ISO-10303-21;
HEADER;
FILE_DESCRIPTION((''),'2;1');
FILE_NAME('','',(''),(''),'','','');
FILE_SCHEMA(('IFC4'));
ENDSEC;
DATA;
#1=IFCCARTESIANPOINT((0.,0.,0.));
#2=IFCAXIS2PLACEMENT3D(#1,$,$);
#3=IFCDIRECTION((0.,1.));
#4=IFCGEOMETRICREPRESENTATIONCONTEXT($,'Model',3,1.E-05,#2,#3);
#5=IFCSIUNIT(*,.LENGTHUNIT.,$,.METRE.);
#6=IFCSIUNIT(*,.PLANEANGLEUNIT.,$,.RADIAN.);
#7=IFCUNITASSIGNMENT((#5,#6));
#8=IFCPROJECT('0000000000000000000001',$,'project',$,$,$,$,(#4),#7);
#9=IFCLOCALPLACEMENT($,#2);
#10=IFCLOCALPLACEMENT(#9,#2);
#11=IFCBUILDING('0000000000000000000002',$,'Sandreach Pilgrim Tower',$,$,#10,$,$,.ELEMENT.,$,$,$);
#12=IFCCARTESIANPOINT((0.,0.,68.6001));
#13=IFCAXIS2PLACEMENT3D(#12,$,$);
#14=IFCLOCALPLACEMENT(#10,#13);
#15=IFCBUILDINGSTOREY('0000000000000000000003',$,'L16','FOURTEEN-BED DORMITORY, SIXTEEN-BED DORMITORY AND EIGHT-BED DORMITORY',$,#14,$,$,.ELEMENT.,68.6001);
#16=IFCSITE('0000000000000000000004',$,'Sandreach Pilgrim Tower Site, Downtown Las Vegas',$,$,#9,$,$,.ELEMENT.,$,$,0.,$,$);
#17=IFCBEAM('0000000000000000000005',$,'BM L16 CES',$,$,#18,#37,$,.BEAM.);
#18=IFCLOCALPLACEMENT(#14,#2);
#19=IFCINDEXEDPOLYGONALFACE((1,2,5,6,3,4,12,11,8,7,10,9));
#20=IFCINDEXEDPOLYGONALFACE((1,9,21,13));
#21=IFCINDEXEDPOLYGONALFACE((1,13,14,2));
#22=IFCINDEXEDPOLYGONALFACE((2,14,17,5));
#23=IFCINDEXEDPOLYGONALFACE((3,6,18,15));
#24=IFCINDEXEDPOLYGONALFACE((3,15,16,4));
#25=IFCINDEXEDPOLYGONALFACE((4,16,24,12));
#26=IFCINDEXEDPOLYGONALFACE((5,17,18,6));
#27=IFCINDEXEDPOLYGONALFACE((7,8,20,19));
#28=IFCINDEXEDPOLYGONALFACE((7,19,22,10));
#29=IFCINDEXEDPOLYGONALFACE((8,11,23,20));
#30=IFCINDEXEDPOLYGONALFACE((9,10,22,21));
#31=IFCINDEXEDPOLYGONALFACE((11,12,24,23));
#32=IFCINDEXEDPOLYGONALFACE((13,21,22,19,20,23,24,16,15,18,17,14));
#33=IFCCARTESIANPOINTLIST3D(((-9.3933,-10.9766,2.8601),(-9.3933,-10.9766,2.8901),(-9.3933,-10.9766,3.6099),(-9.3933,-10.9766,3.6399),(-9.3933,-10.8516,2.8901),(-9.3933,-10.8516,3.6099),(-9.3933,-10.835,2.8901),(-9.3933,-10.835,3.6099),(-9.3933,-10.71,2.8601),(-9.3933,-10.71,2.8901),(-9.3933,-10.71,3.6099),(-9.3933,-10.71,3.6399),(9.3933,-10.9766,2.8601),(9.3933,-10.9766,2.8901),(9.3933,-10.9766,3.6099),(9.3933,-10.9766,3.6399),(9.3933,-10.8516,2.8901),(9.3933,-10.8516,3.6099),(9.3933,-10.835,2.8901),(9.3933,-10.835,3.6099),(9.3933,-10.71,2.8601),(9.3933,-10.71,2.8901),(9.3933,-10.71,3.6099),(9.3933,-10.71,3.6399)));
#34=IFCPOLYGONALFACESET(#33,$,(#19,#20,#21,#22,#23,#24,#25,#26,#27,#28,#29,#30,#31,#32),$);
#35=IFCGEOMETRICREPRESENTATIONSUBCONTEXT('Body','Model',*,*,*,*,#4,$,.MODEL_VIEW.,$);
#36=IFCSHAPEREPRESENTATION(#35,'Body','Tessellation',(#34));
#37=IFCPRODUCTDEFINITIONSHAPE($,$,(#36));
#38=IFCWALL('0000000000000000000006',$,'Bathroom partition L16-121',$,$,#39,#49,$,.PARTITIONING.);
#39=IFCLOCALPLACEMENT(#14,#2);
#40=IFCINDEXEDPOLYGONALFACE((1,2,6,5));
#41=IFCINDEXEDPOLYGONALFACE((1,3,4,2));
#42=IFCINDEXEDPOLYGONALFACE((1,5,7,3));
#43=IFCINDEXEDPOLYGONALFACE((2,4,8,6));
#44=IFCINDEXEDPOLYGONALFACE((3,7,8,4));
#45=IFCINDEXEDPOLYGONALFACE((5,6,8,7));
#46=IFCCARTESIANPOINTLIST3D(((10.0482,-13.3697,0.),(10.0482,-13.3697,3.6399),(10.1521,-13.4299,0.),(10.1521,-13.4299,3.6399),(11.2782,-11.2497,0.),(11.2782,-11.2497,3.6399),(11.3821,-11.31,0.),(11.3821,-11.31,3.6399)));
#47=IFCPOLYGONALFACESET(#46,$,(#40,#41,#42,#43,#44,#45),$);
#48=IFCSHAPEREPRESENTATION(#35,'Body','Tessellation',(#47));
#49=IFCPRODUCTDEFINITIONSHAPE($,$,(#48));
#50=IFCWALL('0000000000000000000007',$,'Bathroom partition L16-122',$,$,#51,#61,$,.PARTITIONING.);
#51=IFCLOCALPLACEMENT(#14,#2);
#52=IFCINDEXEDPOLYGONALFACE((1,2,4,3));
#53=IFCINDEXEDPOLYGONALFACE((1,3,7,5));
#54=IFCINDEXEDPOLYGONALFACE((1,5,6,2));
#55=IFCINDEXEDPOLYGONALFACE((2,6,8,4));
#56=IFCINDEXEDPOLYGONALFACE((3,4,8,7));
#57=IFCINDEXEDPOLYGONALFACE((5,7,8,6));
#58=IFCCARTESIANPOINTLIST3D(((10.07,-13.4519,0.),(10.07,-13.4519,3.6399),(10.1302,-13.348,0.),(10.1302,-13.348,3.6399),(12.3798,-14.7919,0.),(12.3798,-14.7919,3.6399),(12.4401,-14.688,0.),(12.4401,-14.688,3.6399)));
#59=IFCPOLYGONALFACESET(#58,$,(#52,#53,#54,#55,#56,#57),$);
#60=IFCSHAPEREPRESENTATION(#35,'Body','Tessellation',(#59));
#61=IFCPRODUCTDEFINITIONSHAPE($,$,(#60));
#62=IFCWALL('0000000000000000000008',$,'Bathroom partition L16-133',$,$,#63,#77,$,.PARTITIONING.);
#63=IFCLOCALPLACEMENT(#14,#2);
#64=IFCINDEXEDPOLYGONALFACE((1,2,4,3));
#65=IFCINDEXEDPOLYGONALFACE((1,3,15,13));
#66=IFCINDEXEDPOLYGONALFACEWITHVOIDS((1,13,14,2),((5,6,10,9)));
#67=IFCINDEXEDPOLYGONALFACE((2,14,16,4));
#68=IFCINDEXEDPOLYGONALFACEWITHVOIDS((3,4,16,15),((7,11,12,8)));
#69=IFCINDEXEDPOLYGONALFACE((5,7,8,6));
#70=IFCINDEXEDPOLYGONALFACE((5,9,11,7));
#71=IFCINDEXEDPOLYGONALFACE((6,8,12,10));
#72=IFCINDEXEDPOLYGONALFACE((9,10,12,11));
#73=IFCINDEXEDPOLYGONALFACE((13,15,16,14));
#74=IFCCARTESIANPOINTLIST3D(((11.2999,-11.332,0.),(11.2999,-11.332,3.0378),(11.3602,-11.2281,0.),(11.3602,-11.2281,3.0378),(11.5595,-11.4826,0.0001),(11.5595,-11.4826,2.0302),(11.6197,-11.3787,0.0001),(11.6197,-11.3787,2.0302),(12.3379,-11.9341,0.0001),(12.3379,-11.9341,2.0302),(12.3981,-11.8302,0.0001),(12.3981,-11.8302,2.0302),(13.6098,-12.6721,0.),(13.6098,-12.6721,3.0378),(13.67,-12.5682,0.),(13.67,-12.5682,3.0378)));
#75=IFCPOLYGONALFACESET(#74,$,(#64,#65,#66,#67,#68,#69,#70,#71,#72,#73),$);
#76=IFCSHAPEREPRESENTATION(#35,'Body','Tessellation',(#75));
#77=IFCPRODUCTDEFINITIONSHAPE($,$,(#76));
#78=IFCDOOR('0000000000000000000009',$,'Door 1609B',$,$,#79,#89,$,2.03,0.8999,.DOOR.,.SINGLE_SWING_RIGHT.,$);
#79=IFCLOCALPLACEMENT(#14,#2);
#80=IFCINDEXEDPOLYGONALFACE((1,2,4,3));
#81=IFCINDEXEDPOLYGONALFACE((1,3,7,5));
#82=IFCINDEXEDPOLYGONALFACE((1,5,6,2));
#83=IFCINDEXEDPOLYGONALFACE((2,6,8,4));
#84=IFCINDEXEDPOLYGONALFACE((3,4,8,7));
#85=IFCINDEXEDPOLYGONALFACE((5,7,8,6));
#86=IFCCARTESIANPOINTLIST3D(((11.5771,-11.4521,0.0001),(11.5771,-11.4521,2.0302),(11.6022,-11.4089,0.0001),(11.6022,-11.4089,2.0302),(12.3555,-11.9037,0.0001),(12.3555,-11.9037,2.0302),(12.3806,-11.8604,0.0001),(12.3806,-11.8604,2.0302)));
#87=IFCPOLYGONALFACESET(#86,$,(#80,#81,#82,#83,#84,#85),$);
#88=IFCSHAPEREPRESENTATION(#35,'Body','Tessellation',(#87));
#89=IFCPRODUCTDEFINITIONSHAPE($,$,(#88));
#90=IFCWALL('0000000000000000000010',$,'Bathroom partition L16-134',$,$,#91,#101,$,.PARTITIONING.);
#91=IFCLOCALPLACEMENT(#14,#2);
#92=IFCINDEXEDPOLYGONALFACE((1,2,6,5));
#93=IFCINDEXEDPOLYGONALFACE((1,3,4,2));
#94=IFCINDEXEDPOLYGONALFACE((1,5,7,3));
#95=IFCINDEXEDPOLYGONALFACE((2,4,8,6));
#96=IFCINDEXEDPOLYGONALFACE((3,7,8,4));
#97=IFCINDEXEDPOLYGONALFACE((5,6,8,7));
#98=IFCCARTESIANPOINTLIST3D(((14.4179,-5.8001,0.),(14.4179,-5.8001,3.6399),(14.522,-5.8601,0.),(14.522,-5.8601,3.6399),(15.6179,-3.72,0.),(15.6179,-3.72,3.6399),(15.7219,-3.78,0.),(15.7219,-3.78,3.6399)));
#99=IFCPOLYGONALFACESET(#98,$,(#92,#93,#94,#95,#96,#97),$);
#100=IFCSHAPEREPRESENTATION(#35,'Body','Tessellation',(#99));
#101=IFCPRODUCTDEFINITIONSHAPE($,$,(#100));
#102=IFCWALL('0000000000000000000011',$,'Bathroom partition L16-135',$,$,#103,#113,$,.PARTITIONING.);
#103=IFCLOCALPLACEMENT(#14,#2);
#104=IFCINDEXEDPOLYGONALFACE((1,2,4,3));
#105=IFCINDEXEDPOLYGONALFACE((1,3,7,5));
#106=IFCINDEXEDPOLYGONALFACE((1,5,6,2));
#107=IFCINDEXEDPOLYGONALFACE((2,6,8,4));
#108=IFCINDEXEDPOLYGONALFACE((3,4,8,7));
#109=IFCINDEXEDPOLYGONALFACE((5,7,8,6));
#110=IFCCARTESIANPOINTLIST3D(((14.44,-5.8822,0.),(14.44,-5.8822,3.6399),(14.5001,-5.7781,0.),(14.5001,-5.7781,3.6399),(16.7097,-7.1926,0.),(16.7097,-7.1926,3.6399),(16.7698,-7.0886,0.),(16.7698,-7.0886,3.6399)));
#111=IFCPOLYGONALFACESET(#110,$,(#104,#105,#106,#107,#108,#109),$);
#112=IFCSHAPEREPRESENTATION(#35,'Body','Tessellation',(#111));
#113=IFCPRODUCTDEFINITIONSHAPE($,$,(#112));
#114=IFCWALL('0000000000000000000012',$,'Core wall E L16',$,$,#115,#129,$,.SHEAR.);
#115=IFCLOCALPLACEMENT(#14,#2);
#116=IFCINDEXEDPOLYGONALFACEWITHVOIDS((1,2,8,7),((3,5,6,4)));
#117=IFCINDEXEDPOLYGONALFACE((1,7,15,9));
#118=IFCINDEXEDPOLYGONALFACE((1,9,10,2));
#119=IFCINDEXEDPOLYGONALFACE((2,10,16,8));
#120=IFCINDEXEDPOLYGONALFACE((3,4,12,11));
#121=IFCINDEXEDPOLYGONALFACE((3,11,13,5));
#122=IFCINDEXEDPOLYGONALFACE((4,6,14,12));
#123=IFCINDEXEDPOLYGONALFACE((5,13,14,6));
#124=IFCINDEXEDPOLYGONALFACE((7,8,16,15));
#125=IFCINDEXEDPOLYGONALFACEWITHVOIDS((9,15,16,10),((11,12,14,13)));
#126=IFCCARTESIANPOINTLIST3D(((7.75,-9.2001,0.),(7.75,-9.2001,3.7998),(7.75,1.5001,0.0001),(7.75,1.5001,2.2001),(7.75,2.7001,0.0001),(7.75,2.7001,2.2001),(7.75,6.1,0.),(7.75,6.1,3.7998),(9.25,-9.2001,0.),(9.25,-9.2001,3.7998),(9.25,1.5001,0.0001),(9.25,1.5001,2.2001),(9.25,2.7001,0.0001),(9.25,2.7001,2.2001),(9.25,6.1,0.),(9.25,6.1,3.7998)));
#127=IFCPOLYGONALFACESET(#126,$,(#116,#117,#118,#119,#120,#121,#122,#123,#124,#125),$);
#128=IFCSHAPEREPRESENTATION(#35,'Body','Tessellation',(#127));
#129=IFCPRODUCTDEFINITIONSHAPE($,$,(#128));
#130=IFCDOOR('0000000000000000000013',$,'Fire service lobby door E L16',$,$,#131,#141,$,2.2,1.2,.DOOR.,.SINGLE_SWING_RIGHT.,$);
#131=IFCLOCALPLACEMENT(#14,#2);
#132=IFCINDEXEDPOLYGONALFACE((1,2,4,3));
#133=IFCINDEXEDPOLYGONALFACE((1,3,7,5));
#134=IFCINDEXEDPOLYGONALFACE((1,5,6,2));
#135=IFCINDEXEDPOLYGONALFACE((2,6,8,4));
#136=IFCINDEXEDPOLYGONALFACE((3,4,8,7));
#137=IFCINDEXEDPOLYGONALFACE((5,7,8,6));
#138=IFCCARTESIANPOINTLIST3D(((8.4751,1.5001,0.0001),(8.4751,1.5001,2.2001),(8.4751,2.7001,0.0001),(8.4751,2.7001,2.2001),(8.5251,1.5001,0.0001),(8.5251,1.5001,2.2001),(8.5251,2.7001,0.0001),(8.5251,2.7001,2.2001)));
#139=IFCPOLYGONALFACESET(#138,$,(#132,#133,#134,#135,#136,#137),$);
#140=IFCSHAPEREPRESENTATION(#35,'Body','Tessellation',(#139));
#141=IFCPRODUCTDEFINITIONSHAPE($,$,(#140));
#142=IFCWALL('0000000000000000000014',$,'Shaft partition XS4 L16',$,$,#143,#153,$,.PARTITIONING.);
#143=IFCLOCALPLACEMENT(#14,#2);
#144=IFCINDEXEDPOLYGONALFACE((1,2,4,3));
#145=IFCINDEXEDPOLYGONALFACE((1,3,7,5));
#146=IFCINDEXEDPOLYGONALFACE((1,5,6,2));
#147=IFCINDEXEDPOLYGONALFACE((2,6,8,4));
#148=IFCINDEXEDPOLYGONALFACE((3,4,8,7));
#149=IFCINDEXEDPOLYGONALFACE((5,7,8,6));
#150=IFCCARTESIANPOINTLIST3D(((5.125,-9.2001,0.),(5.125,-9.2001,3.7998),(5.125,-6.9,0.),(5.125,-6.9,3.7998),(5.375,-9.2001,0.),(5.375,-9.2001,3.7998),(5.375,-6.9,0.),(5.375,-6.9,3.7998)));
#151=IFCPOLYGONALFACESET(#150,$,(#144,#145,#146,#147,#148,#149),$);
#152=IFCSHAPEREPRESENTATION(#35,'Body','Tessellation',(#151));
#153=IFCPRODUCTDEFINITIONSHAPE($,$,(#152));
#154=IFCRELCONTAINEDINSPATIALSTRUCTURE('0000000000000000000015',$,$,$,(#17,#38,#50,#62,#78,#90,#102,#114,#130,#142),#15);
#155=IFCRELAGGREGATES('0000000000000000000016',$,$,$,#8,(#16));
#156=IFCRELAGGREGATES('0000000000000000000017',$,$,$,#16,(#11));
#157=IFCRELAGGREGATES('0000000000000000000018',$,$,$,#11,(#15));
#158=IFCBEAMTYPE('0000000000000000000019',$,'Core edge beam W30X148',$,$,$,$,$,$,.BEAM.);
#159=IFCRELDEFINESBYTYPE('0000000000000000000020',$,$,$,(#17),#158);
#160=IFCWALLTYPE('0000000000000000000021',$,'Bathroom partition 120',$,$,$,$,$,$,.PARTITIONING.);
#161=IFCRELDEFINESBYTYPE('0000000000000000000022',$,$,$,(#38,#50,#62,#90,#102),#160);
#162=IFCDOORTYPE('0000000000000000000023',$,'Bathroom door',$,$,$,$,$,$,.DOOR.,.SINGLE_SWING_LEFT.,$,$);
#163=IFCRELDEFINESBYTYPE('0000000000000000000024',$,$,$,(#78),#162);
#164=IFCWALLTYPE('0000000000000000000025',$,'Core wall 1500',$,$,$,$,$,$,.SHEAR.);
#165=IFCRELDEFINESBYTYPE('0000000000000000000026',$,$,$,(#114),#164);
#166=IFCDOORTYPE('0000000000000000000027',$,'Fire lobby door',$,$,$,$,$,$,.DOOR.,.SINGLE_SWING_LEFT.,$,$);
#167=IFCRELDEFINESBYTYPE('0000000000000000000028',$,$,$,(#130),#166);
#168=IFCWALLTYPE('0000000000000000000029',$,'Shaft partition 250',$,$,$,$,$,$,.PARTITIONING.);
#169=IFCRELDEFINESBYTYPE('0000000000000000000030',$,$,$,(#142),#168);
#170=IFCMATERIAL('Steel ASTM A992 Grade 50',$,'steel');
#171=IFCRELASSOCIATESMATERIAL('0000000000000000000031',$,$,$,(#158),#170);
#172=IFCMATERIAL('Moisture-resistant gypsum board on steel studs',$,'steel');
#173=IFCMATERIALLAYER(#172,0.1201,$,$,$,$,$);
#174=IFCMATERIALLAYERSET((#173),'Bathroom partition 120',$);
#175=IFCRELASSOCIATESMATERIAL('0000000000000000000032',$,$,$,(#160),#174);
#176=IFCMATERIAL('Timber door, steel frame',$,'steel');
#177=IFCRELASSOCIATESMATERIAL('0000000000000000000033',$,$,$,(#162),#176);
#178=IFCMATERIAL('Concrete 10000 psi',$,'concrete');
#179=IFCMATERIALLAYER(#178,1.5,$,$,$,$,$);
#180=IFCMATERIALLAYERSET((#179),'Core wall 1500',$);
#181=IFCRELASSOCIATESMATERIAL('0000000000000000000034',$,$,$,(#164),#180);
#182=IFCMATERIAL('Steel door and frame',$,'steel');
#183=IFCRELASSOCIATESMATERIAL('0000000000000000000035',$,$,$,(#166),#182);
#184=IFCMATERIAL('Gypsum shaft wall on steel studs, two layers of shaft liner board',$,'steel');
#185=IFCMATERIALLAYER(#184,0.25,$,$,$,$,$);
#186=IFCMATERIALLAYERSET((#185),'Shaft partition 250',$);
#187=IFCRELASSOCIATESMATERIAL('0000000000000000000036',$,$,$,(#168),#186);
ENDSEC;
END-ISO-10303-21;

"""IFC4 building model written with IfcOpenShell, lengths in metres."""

from ifc_helpers import new_model, si_unit, direction, frame, frame_2d, origin, origin_2d, place, context, subcontext, project, spatial, rectangle, i_section, extrude, material, layer, layer_set, material_profile, profile_set, type_object, element, fill, save


model = new_model("IFC4")

# Units and contexts
model_context = context("Model", 3, precision=1e-05, world=origin(), true_north=direction((0.0, 1.0)))
body_context = subcontext(model_context, "Body", "Model", "MODEL_VIEW")
ifc_project = project(units=[si_unit("LENGTHUNIT", "METRE"), si_unit("PLANEANGLEUNIT", "RADIAN")], contexts=[model_context])

# Site, building, storey
site_placement = place(None, origin())
site = spatial("IfcSite", under=ifc_project, at=site_placement, Name="Sandreach Pilgrim Tower Site, Downtown Las Vegas", CompositionType="ELEMENT", RefElevation=0.0)
building_placement = place(site_placement, origin())
building = spatial("IfcBuilding", under=site, at=building_placement, Name="Sandreach Pilgrim Tower", CompositionType="ELEMENT")
storey_placement = place(building_placement, frame((0.0, 0.0, 68.6001)))
storey = spatial("IfcBuildingStorey", under=building, at=storey_placement, Name="L16", Description="FOURTEEN-BED DORMITORY, SIXTEEN-BED DORMITORY AND EIGHT-BED DORMITORY", CompositionType="ELEMENT", Elevation=68.6001)

# Beam
ifc_material_1 = material(Name="Steel ASTM A992 Grade 50", Category="steel")
ifc_material_profile = material_profile(ifc_material_1, i_section(OverallWidth=0.2666, OverallDepth=0.7798, WebThickness=0.0166, FlangeThickness=0.03, at=origin_2d()), Name="W30X148")
ifc_profile_set = profile_set([ifc_material_profile], Name="Steel ASTM A992 Grade 50")
beam_type = type_object("IfcBeamType", Name="Core edge beam W30X148", PredefinedType="BEAM", material=ifc_profile_set)
beam_placement = place(storey_placement, frame((9.3933, -10.8433, 3.25), z_axis=(-1.0, 0.0, 0.0), x_axis=(0.0, -1.0, 0.0)))
element("IfcBeam", 1, at=beam_placement, inside=storey, type_object=beam_type, Name="BM L16 CES", PredefinedType="BEAM", context=body_context, shape_type="SweptSolid", body=[
    extrude(i_section(OverallWidth=0.2666, OverallDepth=0.7798, WebThickness=0.0166, FlangeThickness=0.03, at=origin_2d()), origin(), (0.0, 0.0, 1.0), 18.7866),
])

# Walls
ifc_material_2 = material(Name="Moisture-resistant gypsum board on steel studs", Category="steel")
ifc_layer_1 = layer(ifc_material_2, 0.1201)
ifc_layer_set_1 = layer_set([ifc_layer_1], Name="Bathroom partition 120")
wall_type_1 = type_object("IfcWallType", Name="Bathroom partition 120", PredefinedType="PARTITIONING", material=ifc_layer_set_1)
wall_1_placement = place(storey_placement, frame((10.1001, -13.3999, 0.0), z_axis=(0.0, 0.0, 1.0), x_axis=(0.501857, 0.864951, 0.0)))
element("IfcWall", 2, at=wall_1_placement, inside=storey, type_object=wall_type_1, Name="Bathroom partition L16-121", PredefinedType="PARTITIONING", context=body_context, shape_type="SweptSolid", body=[
    extrude(rectangle(XDim=2.4509, YDim=0.1201, at=frame_2d((1.2256, 0.0))), origin(), (0.0, 0.0, 1.0), 3.6399),
])
wall_2_placement = place(storey_placement, frame((10.1001, -13.3999, 0.0), z_axis=(0.0, 0.0, 1.0), x_axis=(0.864967, -0.501829, 0.0)))
element("IfcWall", 3, at=wall_2_placement, inside=storey, type_object=wall_type_1, Name="Bathroom partition L16-122", PredefinedType="PARTITIONING", context=body_context, shape_type="SweptSolid", body=[
    extrude(rectangle(XDim=2.6704, YDim=0.1201, at=frame_2d((1.3352, 0.0))), origin(), (0.0, 0.0, 1.0), 3.6399),
])

# Wall, opening, door
wall_3_placement = place(storey_placement, frame((13.6399, -12.6201, 0.0), z_axis=(0.0, 0.0, 1.0), x_axis=(-0.864967, 0.501829, 0.0)))
wall_3 = element("IfcWall", 4, at=wall_3_placement, inside=storey, type_object=wall_type_1, Name="Bathroom partition L16-133", PredefinedType="PARTITIONING", context=body_context, shape_type="SweptSolid", body=[
    extrude(rectangle(XDim=2.6704, YDim=0.1201, at=frame_2d((1.3352, 0.0))), origin(), (0.0, 0.0, 1.0), 3.0378),
])
opening_1_placement = place(wall_3_placement, frame((1.4705, 0.0, 0.0)))
opening_1 = element("IfcOpeningElement", 5, at=opening_1_placement, cuts=wall_3, PredefinedType="OPENING", context=body_context, shape_type="SweptSolid", body=[
    extrude(rectangle(XDim=0.8999, YDim=2.03, at=frame_2d((0.45, 1.0151))), frame((0.0, 0.0601, 0.0), z_axis=(0.0, -1.0, 0.0), x_axis=(1.0, 0.0, 0.0)), (0.0, 0.0, 1.0), 0.1201),
])
ifc_material_3 = material(Name="Timber door, steel frame", Category="steel")
door_type_1 = type_object("IfcDoorType", Name="Bathroom door", OperationType="SINGLE_SWING_LEFT", PredefinedType="DOOR", material=ifc_material_3)
door_1_placement = place(opening_1_placement, origin())
door_1 = element("IfcDoor", 6, at=door_1_placement, inside=storey, type_object=door_type_1, Name="Door 1609B", OperationType="SINGLE_SWING_RIGHT", OverallHeight=2.03, OverallWidth=0.8999, PredefinedType="DOOR", context=body_context, shape_type="SweptSolid", body=[
    extrude(rectangle(XDim=0.8999, YDim=2.03, at=frame_2d((0.45, 1.0151))), frame((0.0, 0.0249, 0.0), z_axis=(0.0, -1.0, 0.0), x_axis=(1.0, 0.0, 0.0)), (0.0, 0.0, 1.0), 0.05),
])
fill(opening_1, door_1)

# Walls
wall_4_placement = place(storey_placement, frame((14.47, -5.8301, 0.0), z_axis=(0.0, 0.0, 1.0), x_axis=(0.499693, 0.866203, 0.0)))
element("IfcWall", 7, at=wall_4_placement, inside=storey, type_object=wall_type_1, Name="Bathroom partition L16-134", PredefinedType="PARTITIONING", context=body_context, shape_type="SweptSolid", body=[
    extrude(rectangle(XDim=2.4014, YDim=0.1201, at=frame_2d((1.2007, 0.0))), origin(), (0.0, 0.0, 1.0), 3.6399),
])
wall_5_placement = place(storey_placement, frame((14.47, -5.8301, 0.0), z_axis=(0.0, 0.0, 1.0), x_axis=(0.86601, -0.500026, 0.0)))
element("IfcWall", 8, at=wall_5_placement, inside=storey, type_object=wall_type_1, Name="Bathroom partition L16-135", PredefinedType="PARTITIONING", context=body_context, shape_type="SweptSolid", body=[
    extrude(rectangle(XDim=2.6208, YDim=0.1201, at=frame_2d((1.3105, 0.0))), origin(), (0.0, 0.0, 1.0), 3.6399),
])

# Wall, opening, door
ifc_material_4 = material(Name="Concrete 10000 psi", Category="concrete")
ifc_layer_2 = layer(ifc_material_4, 1.5)
ifc_layer_set_2 = layer_set([ifc_layer_2], Name="Core wall 1500")
wall_type_2 = type_object("IfcWallType", Name="Core wall 1500", PredefinedType="SHEAR", material=ifc_layer_set_2)
wall_6_placement = place(storey_placement, frame((8.5, -9.2, 0.0), z_axis=(0.0, 0.0, 1.0), x_axis=(0.0, 1.0, 0.0)))
wall_6 = element("IfcWall", 9, at=wall_6_placement, inside=storey, type_object=wall_type_2, Name="Core wall E L16", PredefinedType="SHEAR", context=body_context, shape_type="SweptSolid", body=[
    extrude(rectangle(XDim=15.3, YDim=1.5, at=frame_2d((7.6499, 0.0))), origin(), (0.0, 0.0, 1.0), 3.7998),
])
opening_2_placement = place(wall_6_placement, frame((10.7, 0.0, 0.0)))
opening_2 = element("IfcOpeningElement", 10, at=opening_2_placement, cuts=wall_6, PredefinedType="OPENING", context=body_context, shape_type="SweptSolid", body=[
    extrude(rectangle(XDim=1.2, YDim=2.2, at=frame_2d((0.6001, 1.1001))), frame((0.0, 0.75, 0.0), z_axis=(0.0, -1.0, 0.0), x_axis=(1.0, 0.0, 0.0)), (0.0, 0.0, 1.0), 1.5),
])
ifc_material_5 = material(Name="Steel door and frame", Category="steel")
door_type_2 = type_object("IfcDoorType", Name="Fire lobby door", OperationType="SINGLE_SWING_LEFT", PredefinedType="DOOR", material=ifc_material_5)
door_2_placement = place(opening_2_placement, origin())
door_2 = element("IfcDoor", 11, at=door_2_placement, inside=storey, type_object=door_type_2, Name="Fire service lobby door E L16", OperationType="SINGLE_SWING_RIGHT", OverallHeight=2.2, OverallWidth=1.2, PredefinedType="DOOR", context=body_context, shape_type="SweptSolid", body=[
    extrude(rectangle(XDim=1.2, YDim=2.2, at=frame_2d((0.6001, 1.1001))), frame((0.0, 0.0249, 0.0), z_axis=(0.0, -1.0, 0.0), x_axis=(1.0, 0.0, 0.0)), (0.0, 0.0, 1.0), 0.05),
])
fill(opening_2, door_2)

# Wall
ifc_material_6 = material(Name="Gypsum shaft wall on steel studs, two layers of shaft liner board", Category="steel")
ifc_layer_3 = layer(ifc_material_6, 0.25)
ifc_layer_set_3 = layer_set([ifc_layer_3], Name="Shaft partition 250")
wall_type_3 = type_object("IfcWallType", Name="Shaft partition 250", PredefinedType="PARTITIONING", material=ifc_layer_set_3)
wall_7_placement = place(storey_placement, frame((5.25, -9.2, 0.0), z_axis=(0.0, 0.0, 1.0), x_axis=(0.0, 1.0, 0.0)))
element("IfcWall", 12, at=wall_7_placement, inside=storey, type_object=wall_type_3, Name="Shaft partition XS4 L16", PredefinedType="PARTITIONING", context=body_context, shape_type="SweptSolid", body=[
    extrude(rectangle(XDim=2.3, YDim=0.25, at=frame_2d((1.1499, 0.0))), origin(), (0.0, 0.0, 1.0), 3.7998),
])

save(model, "model.ifc")
